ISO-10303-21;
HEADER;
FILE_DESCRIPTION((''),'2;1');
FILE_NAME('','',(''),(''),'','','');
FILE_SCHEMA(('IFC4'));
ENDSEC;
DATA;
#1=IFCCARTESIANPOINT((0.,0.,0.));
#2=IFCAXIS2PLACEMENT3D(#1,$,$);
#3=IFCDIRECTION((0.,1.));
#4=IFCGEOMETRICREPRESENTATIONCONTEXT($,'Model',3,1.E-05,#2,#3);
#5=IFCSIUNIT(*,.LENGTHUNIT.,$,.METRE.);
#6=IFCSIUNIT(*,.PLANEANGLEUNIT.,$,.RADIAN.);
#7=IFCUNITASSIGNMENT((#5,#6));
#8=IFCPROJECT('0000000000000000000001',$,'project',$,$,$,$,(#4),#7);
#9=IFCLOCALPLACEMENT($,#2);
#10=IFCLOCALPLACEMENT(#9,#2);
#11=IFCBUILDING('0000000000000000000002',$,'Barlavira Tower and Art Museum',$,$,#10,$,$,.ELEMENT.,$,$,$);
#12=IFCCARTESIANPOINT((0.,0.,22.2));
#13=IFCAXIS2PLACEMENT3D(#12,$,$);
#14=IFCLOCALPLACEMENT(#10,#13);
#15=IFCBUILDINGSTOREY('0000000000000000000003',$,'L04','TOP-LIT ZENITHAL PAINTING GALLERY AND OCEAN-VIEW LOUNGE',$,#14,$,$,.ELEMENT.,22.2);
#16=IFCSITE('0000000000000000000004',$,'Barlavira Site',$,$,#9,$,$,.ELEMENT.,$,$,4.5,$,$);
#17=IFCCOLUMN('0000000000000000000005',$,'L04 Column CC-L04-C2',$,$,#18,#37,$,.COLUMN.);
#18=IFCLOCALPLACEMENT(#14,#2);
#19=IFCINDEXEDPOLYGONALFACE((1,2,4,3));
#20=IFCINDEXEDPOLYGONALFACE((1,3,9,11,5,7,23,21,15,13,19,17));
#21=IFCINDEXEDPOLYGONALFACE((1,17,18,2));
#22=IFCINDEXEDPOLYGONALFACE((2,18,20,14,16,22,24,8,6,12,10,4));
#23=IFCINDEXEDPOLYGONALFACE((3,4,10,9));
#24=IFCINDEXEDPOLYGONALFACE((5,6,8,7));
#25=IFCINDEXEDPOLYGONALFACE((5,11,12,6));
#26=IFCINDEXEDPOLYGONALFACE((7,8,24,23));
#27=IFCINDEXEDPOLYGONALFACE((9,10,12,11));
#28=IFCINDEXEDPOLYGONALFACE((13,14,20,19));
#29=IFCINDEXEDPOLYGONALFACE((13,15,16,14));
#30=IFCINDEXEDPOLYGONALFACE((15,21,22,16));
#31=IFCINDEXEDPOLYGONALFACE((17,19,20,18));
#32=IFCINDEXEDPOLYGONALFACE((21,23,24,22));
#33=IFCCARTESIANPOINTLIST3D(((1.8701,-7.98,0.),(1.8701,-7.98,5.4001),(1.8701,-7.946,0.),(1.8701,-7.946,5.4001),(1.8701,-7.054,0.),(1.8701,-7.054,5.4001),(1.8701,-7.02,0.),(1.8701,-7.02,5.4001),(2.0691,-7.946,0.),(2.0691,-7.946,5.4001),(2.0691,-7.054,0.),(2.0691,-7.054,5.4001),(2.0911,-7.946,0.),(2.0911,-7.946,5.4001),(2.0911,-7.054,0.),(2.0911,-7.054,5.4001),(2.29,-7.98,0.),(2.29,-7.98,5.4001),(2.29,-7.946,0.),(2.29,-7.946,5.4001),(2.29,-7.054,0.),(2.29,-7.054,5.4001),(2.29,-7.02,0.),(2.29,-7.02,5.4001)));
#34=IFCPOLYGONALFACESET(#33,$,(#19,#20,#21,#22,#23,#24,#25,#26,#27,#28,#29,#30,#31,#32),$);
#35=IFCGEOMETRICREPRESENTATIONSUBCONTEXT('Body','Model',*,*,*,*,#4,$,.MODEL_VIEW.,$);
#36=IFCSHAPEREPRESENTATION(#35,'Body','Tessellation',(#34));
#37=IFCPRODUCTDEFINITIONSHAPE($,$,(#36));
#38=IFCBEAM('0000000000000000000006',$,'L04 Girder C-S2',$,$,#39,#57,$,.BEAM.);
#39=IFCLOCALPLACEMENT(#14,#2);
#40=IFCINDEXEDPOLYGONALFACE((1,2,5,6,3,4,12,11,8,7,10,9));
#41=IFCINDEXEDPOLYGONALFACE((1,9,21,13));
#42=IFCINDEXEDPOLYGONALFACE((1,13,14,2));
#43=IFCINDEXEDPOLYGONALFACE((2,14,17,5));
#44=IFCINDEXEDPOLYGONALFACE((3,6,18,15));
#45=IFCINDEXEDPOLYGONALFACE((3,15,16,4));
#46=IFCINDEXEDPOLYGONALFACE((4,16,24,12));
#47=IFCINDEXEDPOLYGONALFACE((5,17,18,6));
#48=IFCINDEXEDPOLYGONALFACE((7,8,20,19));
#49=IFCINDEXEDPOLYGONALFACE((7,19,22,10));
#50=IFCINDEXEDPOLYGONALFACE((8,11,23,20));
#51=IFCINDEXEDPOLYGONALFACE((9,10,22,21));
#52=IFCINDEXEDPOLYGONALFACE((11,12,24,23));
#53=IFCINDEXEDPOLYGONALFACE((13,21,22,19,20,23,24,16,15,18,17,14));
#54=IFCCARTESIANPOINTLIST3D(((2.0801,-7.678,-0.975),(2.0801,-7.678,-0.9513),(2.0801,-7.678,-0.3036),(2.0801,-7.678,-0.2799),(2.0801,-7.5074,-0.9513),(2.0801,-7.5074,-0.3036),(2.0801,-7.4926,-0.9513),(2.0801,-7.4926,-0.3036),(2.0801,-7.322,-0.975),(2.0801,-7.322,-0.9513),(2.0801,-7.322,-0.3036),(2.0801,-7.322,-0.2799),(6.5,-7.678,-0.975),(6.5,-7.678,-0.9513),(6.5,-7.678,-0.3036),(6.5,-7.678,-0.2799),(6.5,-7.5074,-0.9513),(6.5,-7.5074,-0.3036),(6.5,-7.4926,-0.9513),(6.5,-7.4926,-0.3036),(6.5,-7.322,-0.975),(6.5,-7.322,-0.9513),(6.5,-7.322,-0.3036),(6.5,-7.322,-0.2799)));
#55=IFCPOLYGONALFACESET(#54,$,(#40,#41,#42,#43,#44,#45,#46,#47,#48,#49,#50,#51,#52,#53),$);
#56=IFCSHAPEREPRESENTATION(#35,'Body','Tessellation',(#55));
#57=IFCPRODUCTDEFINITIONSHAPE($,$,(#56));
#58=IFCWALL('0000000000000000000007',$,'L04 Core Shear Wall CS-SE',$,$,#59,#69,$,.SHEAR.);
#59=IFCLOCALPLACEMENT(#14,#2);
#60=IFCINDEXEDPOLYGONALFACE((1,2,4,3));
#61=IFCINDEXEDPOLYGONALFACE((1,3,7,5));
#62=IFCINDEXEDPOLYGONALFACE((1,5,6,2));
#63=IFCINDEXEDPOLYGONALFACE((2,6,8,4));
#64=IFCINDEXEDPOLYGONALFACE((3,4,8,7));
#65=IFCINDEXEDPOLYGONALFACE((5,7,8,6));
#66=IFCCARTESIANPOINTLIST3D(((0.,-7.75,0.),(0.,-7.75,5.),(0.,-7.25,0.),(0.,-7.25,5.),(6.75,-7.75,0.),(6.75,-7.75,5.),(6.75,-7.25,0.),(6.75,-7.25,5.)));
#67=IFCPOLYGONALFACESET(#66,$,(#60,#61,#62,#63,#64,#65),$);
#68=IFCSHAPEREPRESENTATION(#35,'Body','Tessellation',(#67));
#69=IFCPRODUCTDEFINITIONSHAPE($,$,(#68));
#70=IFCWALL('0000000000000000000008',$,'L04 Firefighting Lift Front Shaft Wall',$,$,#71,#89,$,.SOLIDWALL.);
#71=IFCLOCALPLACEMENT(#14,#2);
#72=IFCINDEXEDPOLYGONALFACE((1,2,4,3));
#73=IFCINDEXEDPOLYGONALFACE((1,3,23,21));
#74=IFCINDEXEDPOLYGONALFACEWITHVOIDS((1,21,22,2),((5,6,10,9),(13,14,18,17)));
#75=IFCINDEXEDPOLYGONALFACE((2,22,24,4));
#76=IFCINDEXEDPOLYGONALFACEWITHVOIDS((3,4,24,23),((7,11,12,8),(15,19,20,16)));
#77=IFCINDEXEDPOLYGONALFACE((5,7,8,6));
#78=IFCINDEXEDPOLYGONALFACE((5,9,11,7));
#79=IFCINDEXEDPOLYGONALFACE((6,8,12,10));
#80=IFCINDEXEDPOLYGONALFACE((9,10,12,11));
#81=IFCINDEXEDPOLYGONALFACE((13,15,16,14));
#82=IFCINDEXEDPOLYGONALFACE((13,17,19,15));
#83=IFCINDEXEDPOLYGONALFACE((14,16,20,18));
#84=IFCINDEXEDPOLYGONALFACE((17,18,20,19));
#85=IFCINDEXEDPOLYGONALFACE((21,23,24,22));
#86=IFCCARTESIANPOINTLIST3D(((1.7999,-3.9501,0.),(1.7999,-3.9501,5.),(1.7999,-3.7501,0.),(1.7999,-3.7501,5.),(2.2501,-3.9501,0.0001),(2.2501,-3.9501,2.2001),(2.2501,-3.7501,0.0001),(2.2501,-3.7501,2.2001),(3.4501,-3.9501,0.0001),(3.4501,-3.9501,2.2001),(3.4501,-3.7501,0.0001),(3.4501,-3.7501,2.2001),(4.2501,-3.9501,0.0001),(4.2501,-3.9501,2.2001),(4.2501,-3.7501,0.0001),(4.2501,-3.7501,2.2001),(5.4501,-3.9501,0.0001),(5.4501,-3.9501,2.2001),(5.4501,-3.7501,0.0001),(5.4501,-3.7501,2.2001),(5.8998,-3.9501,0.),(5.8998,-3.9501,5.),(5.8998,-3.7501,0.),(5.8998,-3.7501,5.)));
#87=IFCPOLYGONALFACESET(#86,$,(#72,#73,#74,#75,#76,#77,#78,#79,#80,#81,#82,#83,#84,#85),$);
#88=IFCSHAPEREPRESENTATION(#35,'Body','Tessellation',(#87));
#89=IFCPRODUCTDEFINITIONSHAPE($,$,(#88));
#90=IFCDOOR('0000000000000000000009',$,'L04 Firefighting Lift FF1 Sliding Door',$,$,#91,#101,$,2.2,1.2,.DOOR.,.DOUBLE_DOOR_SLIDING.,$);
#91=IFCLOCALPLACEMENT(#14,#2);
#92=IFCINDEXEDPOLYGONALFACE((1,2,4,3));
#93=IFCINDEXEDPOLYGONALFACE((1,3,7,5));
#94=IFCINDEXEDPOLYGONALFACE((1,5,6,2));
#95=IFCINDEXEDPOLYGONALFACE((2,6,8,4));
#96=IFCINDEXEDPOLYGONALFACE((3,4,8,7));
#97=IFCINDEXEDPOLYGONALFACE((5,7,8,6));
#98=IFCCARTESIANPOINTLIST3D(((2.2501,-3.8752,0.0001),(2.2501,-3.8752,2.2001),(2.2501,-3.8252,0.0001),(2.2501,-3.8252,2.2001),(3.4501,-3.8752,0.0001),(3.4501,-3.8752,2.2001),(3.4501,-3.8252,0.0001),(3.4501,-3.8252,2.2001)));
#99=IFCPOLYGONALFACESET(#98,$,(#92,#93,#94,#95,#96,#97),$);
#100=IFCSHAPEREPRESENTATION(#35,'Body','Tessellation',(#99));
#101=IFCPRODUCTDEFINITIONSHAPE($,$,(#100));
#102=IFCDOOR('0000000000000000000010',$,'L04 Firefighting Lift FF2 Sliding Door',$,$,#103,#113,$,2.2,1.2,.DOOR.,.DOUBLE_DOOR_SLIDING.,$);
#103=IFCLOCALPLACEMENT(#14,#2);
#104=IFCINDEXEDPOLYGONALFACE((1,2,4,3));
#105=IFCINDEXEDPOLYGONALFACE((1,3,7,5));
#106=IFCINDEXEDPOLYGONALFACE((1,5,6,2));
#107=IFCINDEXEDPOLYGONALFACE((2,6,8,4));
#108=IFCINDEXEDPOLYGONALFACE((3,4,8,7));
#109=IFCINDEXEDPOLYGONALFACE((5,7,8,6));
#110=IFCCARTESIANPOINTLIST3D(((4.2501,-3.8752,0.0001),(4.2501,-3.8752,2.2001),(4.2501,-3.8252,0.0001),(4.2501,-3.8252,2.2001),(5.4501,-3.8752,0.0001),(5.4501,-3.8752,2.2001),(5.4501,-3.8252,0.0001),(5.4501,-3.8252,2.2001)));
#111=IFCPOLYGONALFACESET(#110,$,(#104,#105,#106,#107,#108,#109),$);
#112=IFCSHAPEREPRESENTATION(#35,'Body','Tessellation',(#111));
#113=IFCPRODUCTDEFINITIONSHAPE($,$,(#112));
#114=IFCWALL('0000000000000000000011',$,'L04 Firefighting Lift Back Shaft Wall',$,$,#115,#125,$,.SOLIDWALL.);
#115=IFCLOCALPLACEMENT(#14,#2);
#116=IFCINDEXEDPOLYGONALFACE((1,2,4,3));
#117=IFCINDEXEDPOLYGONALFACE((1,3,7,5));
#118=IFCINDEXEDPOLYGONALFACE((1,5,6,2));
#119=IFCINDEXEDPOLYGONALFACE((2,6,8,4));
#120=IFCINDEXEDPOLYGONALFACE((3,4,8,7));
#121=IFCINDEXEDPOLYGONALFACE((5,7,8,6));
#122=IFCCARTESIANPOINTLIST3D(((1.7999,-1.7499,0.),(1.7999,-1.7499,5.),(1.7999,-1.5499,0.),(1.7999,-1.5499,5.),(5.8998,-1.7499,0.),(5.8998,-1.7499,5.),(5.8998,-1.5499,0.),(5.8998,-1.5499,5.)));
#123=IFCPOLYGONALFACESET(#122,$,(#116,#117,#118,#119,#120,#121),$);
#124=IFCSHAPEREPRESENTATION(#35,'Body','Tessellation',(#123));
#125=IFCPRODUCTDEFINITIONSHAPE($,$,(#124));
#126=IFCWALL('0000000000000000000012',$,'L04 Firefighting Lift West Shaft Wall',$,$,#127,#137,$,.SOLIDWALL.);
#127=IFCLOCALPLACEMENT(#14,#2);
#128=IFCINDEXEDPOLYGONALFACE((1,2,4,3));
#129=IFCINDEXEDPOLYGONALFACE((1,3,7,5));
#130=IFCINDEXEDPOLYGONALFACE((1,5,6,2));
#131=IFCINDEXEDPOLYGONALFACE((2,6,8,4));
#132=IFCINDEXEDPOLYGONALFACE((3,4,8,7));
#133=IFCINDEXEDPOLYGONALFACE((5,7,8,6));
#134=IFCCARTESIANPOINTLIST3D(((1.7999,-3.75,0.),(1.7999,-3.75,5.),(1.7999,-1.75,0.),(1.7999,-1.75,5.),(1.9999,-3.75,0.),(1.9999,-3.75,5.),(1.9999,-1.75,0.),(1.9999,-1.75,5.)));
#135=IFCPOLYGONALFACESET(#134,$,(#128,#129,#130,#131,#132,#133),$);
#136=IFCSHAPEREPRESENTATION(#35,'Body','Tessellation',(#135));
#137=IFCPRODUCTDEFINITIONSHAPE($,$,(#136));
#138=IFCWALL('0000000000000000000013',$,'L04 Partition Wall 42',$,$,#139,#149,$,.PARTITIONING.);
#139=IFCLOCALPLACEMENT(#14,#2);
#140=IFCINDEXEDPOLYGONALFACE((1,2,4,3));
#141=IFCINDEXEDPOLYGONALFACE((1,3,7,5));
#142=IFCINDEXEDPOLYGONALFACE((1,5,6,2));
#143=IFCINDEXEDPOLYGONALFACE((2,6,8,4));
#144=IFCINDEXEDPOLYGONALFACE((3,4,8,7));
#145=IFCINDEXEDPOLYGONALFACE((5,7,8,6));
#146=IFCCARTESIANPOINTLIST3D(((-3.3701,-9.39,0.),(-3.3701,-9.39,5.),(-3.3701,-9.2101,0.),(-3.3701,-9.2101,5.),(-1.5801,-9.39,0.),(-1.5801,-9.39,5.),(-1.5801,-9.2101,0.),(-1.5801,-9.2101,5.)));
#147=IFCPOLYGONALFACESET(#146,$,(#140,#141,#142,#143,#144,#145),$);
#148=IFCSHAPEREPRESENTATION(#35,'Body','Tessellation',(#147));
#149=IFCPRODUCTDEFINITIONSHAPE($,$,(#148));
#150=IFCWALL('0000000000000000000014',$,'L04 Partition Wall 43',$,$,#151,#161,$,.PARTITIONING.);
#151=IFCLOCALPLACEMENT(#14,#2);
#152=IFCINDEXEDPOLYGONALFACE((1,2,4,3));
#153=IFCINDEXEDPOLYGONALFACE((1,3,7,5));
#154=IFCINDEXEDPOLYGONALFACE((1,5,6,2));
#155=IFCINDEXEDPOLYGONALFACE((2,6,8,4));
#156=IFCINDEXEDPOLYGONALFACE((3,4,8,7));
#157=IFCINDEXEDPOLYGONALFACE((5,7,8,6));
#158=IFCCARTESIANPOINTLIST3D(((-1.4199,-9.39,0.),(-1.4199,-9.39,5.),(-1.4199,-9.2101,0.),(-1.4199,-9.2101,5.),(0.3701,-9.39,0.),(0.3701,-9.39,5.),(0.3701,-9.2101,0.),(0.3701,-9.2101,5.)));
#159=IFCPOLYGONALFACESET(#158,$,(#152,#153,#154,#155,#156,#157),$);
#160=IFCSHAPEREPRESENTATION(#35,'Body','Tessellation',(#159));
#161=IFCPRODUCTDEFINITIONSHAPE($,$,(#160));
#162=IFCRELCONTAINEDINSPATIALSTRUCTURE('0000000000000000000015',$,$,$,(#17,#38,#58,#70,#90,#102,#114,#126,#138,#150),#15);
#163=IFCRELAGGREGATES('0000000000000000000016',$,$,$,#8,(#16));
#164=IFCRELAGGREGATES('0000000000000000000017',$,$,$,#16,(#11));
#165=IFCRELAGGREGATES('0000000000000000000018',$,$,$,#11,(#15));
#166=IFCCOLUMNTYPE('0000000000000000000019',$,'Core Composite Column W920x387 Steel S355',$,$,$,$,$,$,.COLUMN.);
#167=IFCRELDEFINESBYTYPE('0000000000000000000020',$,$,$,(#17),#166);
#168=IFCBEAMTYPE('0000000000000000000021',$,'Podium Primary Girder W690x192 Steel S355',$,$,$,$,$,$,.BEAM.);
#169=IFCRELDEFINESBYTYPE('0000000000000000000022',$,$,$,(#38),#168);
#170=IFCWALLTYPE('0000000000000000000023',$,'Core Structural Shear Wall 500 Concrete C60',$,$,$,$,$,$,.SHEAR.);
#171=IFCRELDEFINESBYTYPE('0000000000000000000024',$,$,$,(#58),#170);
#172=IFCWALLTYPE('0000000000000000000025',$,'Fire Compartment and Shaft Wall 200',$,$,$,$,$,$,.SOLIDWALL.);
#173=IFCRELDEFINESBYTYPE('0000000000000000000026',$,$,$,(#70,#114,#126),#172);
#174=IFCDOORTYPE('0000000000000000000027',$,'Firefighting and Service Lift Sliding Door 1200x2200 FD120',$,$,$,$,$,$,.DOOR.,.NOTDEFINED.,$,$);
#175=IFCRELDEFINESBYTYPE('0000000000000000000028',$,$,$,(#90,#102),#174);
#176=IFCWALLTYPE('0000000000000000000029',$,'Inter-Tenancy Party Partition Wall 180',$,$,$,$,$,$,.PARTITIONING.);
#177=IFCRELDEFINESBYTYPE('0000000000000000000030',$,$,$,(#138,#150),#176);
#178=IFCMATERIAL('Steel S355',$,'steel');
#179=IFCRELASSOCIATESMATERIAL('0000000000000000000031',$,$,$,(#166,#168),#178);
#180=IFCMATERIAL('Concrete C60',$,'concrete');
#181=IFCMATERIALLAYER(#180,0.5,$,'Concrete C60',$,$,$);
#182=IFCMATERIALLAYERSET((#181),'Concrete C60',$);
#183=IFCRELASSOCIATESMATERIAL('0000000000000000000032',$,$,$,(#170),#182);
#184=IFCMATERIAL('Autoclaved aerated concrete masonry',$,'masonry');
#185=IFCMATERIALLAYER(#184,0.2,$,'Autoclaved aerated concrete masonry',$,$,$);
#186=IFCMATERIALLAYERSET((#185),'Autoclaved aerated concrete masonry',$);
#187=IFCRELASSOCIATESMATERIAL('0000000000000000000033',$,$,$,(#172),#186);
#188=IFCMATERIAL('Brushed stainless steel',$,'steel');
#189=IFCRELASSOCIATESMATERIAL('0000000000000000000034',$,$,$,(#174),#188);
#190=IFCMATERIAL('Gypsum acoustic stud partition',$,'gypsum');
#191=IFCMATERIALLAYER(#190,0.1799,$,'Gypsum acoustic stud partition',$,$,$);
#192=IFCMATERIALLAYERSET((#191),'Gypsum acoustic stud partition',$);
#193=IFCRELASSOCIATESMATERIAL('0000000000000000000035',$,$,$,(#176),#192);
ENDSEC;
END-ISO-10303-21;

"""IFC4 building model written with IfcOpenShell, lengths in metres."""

from ifc_helpers import new_model, si_unit, direction, frame, frame_2d, origin, origin_2d, place, context, subcontext, project, spatial, rectangle, i_section, extrude, material, layer, layer_set, material_profile, profile_set, type_object, element, fill, save


model = new_model("IFC4")

# Units and contexts
model_context = context("Model", 3, precision=1e-05, world=origin(), true_north=direction((0.0, 1.0)))
body_context = subcontext(model_context, "Body", "Model", "MODEL_VIEW")
ifc_project = project(units=[si_unit("LENGTHUNIT", "METRE"), si_unit("PLANEANGLEUNIT", "RADIAN")], contexts=[model_context])

# Site, building, storey
site_placement = place(None, origin())
site = spatial("IfcSite", under=ifc_project, at=site_placement, Name="Barlavira Site", CompositionType="ELEMENT", RefElevation=4.5)
building_placement = place(site_placement, origin())
building = spatial("IfcBuilding", under=site, at=building_placement, Name="Barlavira Tower and Art Museum", CompositionType="ELEMENT")
storey_placement = place(building_placement, frame((0.0, 0.0, 22.2)))
storey = spatial("IfcBuildingStorey", under=building, at=storey_placement, Name="L04", Description="TOP-LIT ZENITHAL PAINTING GALLERY AND OCEAN-VIEW LOUNGE", CompositionType="ELEMENT", Elevation=22.2)

# Column
ifc_material_1 = material(Name="Steel S355", Category="steel")
ifc_material_profile_1 = material_profile(ifc_material_1, i_section(OverallWidth=0.4199, OverallDepth=0.96, WebThickness=0.022, FlangeThickness=0.0339, at=origin_2d()), Name="W920x387.0")
ifc_profile_set_1 = profile_set([ifc_material_profile_1], Name="Steel S355")
column_type = type_object("IfcColumnType", Name="Core Composite Column W920x387 Steel S355", PredefinedType="COLUMN", material=ifc_profile_set_1)
column_placement = place(storey_placement, frame((2.0801, -7.5, 0.0), z_axis=(0.0, 0.0, 1.0), x_axis=(1.0, 0.0, 0.0)))
element("IfcColumn", 1, at=column_placement, inside=storey, type_object=column_type, Name="L04 Column CC-L04-C2", PredefinedType="COLUMN", context=body_context, shape_type="SweptSolid", body=[
    extrude(i_section(OverallWidth=0.4199, OverallDepth=0.96, WebThickness=0.022, FlangeThickness=0.0339, at=origin_2d()), origin(), (0.0, 0.0, 1.0), 5.4001),
])

# Beam
ifc_material_profile_2 = material_profile(ifc_material_1, i_section(OverallWidth=0.356, OverallDepth=0.6951, WebThickness=0.0149, FlangeThickness=0.0237, at=origin_2d()), Name="W690x192.0")
ifc_profile_set_2 = profile_set([ifc_material_profile_2], Name="Steel S355")
beam_type = type_object("IfcBeamType", Name="Podium Primary Girder W690x192 Steel S355", PredefinedType="BEAM", material=ifc_profile_set_2)
beam_placement = place(storey_placement, frame((2.0801, -7.5, -0.6274), z_axis=(1.0, 0.0, 0.0), x_axis=(0.0, 1.0, 0.0)))
element("IfcBeam", 2, at=beam_placement, inside=storey, type_object=beam_type, Name="L04 Girder C-S2", PredefinedType="BEAM", context=body_context, shape_type="SweptSolid", body=[
    extrude(i_section(OverallWidth=0.356, OverallDepth=0.6951, WebThickness=0.0149, FlangeThickness=0.0237, at=origin_2d()), origin(), (0.0, 0.0, 1.0), 4.4199),
])

# Wall
ifc_material_2 = material(Name="Concrete C60", Category="concrete")
ifc_layer_1 = layer(ifc_material_2, 0.5, Name="Concrete C60")
ifc_layer_set_1 = layer_set([ifc_layer_1], Name="Concrete C60")
wall_type_1 = type_object("IfcWallType", Name="Core Structural Shear Wall 500 Concrete C60", PredefinedType="SHEAR", material=ifc_layer_set_1)
wall_1_placement = place(storey_placement, frame((0.0, -7.5, 0.0), z_axis=(0.0, 0.0, 1.0), x_axis=(1.0, 0.0, 0.0)))
element("IfcWall", 3, at=wall_1_placement, inside=storey, type_object=wall_type_1, Name="L04 Core Shear Wall CS-SE", PredefinedType="SHEAR", context=body_context, shape_type="SweptSolid", body=[
    extrude(rectangle(XDim=6.75, YDim=0.5, at=frame_2d((3.375, 0.0))), origin(), (0.0, 0.0, 1.0), 5.0),
])

# Wall, openings, doors
ifc_material_3 = material(Name="Autoclaved aerated concrete masonry", Category="masonry")
ifc_layer_2 = layer(ifc_material_3, 0.2, Name="Autoclaved aerated concrete masonry")
ifc_layer_set_2 = layer_set([ifc_layer_2], Name="Autoclaved aerated concrete masonry")
wall_type_2 = type_object("IfcWallType", Name="Fire Compartment and Shaft Wall 200", PredefinedType="SOLIDWALL", material=ifc_layer_set_2)
ifc_material_4 = material(Name="Brushed stainless steel", Category="steel")
wall_2_placement = place(storey_placement, frame((1.8, -3.8501, 0.0), z_axis=(0.0, 0.0, 1.0), x_axis=(1.0, 0.0, 0.0)))
wall_2 = element("IfcWall", 4, at=wall_2_placement, inside=storey, type_object=wall_type_2, Name="L04 Firefighting Lift Front Shaft Wall", PredefinedType="SOLIDWALL", context=body_context, shape_type="SweptSolid", body=[
    extrude(rectangle(XDim=4.0999, YDim=0.2, at=frame_2d((2.0498, 0.0))), origin(), (0.0, 0.0, 1.0), 5.0),
])
opening_1_placement = place(wall_2_placement, frame((0.45, 0.0, 0.0)))
opening_1 = element("IfcOpeningElement", 5, at=opening_1_placement, cuts=wall_2, PredefinedType="OPENING", context=body_context, shape_type="SweptSolid", body=[
    extrude(rectangle(XDim=1.2, YDim=2.2, at=frame_2d((0.6001, 1.1001))), frame((0.0, 0.1099, 0.0), z_axis=(0.0, -1.0, 0.0), x_axis=(1.0, 0.0, 0.0)), (0.0, 0.0, 1.0), 0.22),
])
opening_2_placement = place(wall_2_placement, frame((2.45, 0.0, 0.0)))
opening_2 = element("IfcOpeningElement", 6, at=opening_2_placement, cuts=wall_2, PredefinedType="OPENING", context=body_context, shape_type="SweptSolid", body=[
    extrude(rectangle(XDim=1.2, YDim=2.2, at=frame_2d((0.6001, 1.1001))), frame((0.0, 0.1099, 0.0), z_axis=(0.0, -1.0, 0.0), x_axis=(1.0, 0.0, 0.0)), (0.0, 0.0, 1.0), 0.22),
])
door_type_1 = type_object("IfcDoorType", Name="Firefighting and Service Lift Sliding Door 1200x2200 FD120", OperationType="NOTDEFINED", PredefinedType="DOOR", material=ifc_material_4)
door_1_placement = place(opening_1_placement, origin())
door_1 = element("IfcDoor", 7, at=door_1_placement, inside=storey, type_object=door_type_1, Name="L04 Firefighting Lift FF1 Sliding Door", OperationType="DOUBLE_DOOR_SLIDING", OverallHeight=2.2, OverallWidth=1.2, PredefinedType="DOOR", context=body_context, shape_type="SweptSolid", body=[
    extrude(rectangle(XDim=1.2, YDim=2.2, at=frame_2d((0.6001, 1.1001))), frame((0.0, 0.0249, 0.0), z_axis=(0.0, -1.0, 0.0), x_axis=(1.0, 0.0, 0.0)), (0.0, 0.0, 1.0), 0.05),
])
fill(opening_1, door_1)
door_2_placement = place(opening_2_placement, origin())
door_2 = element("IfcDoor", 8, at=door_2_placement, inside=storey, type_object=door_type_1, Name="L04 Firefighting Lift FF2 Sliding Door", OperationType="DOUBLE_DOOR_SLIDING", OverallHeight=2.2, OverallWidth=1.2, PredefinedType="DOOR", context=body_context, shape_type="SweptSolid", body=[
    extrude(rectangle(XDim=1.2, YDim=2.2, at=frame_2d((0.6001, 1.1001))), frame((0.0, 0.0249, 0.0), z_axis=(0.0, -1.0, 0.0), x_axis=(1.0, 0.0, 0.0)), (0.0, 0.0, 1.0), 0.05),
])
fill(opening_2, door_2)

# Walls
wall_3_placement = place(storey_placement, frame((1.8, -1.6499, 0.0), z_axis=(0.0, 0.0, 1.0), x_axis=(1.0, 0.0, 0.0)))
element("IfcWall", 9, at=wall_3_placement, inside=storey, type_object=wall_type_2, Name="L04 Firefighting Lift Back Shaft Wall", PredefinedType="SOLIDWALL", context=body_context, shape_type="SweptSolid", body=[
    extrude(rectangle(XDim=4.0999, YDim=0.2, at=frame_2d((2.0498, 0.0))), origin(), (0.0, 0.0, 1.0), 5.0),
])
wall_4_placement = place(storey_placement, frame((1.8999, -3.75, 0.0), z_axis=(0.0, 0.0, 1.0), x_axis=(0.0, 1.0, 0.0)))
element("IfcWall", 10, at=wall_4_placement, inside=storey, type_object=wall_type_2, Name="L04 Firefighting Lift West Shaft Wall", PredefinedType="SOLIDWALL", context=body_context, shape_type="SweptSolid", body=[
    extrude(rectangle(XDim=2.0, YDim=0.2, at=frame_2d((1.0, 0.0))), origin(), (0.0, 0.0, 1.0), 5.0),
])
ifc_material_5 = material(Name="Gypsum acoustic stud partition", Category="gypsum")
ifc_layer_3 = layer(ifc_material_5, 0.1799, Name="Gypsum acoustic stud partition")
ifc_layer_set_3 = layer_set([ifc_layer_3], Name="Gypsum acoustic stud partition")
wall_type_3 = type_object("IfcWallType", Name="Inter-Tenancy Party Partition Wall 180", PredefinedType="PARTITIONING", material=ifc_layer_set_3)
for number, where, z_axis, x_axis, name in (
    (11, (-3.3701, -9.3, 0.0), (0.0, 0.0, 1.0), (1.0, 0.0, 0.0), "L04 Partition Wall 42"),
    (12, (-1.4199, -9.3, 0.0), (0.0, 0.0, 1.0), (1.0, 0.0, 0.0), "L04 Partition Wall 43"),
):
    element("IfcWall", number, at=place(storey_placement, frame(where, z_axis=z_axis, x_axis=x_axis)), inside=storey, type_object=wall_type_3, Name=name, PredefinedType="PARTITIONING", context=body_context, shape_type="SweptSolid", body=[
        extrude(rectangle(XDim=1.79, YDim=0.1799, at=frame_2d((0.895, 0.0))), origin(), (0.0, 0.0, 1.0), 5.0),
    ])

save(model, "model.ifc")
